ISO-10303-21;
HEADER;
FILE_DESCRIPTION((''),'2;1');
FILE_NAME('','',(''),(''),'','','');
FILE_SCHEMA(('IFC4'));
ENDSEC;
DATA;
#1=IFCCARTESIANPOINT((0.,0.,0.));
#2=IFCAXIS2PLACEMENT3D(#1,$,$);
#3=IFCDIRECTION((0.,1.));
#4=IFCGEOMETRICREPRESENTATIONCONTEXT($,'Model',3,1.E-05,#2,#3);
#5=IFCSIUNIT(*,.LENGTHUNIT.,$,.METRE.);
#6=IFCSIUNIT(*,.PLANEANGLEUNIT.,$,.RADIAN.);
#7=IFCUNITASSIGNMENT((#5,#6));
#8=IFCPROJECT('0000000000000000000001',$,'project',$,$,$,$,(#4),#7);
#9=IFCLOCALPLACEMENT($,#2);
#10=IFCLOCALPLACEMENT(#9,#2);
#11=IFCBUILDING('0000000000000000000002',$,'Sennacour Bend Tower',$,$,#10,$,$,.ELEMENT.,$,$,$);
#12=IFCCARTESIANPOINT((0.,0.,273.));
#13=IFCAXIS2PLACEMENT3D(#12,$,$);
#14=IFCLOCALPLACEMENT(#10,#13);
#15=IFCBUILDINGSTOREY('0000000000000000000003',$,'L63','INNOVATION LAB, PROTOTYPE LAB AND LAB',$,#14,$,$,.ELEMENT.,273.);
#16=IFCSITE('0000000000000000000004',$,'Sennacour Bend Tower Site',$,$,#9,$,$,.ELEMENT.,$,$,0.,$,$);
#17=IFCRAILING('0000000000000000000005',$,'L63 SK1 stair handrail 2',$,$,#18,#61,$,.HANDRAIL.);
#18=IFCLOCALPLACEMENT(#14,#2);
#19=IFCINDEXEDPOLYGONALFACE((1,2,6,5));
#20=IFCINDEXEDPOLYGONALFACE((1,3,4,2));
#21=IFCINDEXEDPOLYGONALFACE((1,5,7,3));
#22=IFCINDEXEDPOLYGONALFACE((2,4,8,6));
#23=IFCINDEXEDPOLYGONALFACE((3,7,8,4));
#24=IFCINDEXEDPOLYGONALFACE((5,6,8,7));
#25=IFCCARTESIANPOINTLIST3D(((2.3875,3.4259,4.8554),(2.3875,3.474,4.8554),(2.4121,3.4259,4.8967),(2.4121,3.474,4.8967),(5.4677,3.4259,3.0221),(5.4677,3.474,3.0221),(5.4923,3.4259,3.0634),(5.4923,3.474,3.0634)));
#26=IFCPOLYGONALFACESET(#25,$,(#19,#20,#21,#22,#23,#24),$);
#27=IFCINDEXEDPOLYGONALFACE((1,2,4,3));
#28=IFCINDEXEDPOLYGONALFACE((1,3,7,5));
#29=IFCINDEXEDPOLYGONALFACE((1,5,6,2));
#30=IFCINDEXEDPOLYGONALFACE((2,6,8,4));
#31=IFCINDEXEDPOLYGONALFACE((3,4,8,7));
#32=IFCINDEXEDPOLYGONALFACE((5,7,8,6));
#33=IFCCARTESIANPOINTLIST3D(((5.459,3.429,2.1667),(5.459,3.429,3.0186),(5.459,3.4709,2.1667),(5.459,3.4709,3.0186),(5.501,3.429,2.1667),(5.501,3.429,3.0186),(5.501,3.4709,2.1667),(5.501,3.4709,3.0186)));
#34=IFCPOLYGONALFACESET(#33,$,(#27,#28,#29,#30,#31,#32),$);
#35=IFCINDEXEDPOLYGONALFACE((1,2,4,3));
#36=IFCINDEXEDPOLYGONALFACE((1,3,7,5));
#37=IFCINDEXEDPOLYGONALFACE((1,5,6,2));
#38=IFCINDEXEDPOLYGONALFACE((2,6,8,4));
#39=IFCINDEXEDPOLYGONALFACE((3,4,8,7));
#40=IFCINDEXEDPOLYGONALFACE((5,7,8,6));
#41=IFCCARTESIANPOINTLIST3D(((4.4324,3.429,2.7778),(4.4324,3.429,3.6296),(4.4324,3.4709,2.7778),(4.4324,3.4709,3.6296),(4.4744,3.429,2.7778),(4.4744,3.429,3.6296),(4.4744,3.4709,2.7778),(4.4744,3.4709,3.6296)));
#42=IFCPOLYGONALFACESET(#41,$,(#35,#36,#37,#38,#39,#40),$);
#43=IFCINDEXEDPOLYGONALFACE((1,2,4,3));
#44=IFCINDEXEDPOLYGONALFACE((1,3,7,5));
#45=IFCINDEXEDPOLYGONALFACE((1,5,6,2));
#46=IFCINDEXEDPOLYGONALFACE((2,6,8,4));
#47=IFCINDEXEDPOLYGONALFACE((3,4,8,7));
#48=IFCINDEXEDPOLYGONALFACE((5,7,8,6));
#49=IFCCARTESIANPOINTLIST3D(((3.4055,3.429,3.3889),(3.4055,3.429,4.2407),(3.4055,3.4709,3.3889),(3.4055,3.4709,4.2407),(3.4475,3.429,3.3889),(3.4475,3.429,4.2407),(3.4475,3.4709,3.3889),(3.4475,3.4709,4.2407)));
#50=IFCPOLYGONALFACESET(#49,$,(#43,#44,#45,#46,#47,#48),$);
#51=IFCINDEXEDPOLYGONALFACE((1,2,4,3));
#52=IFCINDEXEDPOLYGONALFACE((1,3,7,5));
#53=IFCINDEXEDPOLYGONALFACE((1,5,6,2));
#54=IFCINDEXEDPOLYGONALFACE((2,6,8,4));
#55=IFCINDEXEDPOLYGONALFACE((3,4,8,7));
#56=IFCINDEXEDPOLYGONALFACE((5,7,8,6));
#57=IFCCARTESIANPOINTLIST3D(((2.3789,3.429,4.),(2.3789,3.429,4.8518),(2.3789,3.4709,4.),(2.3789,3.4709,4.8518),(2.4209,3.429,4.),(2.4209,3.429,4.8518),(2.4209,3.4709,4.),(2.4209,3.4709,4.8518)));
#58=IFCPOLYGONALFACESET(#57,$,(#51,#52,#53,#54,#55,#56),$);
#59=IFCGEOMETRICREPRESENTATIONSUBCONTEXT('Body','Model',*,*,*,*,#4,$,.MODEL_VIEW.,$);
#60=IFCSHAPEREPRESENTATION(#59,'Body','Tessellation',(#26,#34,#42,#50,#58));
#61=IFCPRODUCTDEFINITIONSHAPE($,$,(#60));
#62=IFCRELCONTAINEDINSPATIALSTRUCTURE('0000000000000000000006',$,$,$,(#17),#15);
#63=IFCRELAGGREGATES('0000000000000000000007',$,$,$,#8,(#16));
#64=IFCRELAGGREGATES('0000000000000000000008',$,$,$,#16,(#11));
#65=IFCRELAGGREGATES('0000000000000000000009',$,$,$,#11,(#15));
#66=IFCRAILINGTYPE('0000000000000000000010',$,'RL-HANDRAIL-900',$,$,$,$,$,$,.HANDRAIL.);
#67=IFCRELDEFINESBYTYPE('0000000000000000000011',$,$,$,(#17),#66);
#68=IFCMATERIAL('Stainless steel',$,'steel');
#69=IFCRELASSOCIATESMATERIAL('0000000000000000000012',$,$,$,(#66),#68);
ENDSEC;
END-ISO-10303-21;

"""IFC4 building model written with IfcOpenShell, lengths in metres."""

from ifc_helpers import new_model, si_unit, direction, frame, origin, origin_2d, place, context, subcontext, project, spatial, rectangle, extrude, material, type_object, element, save


model = new_model("IFC4")

# Units and contexts
model_context = context("Model", 3, precision=1e-05, world=origin(), true_north=direction((0.0, 1.0)))
body_context = subcontext(model_context, "Body", "Model", "MODEL_VIEW")
ifc_project = project(units=[si_unit("LENGTHUNIT", "METRE"), si_unit("PLANEANGLEUNIT", "RADIAN")], contexts=[model_context])

# Site, building, storey
site_placement = place(None, origin())
site = spatial("IfcSite", under=ifc_project, at=site_placement, Name="Sennacour Bend Tower Site", CompositionType="ELEMENT", RefElevation=0.0)
building_placement = place(site_placement, origin())
building = spatial("IfcBuilding", under=site, at=building_placement, Name="Sennacour Bend Tower", CompositionType="ELEMENT")
storey_placement = place(building_placement, frame((0.0, 0.0, 273.0)))
storey = spatial("IfcBuildingStorey", under=building, at=storey_placement, Name="L63", Description="INNOVATION LAB, PROTOTYPE LAB AND LAB", CompositionType="ELEMENT", Elevation=273.0)

# Railing
ifc_material_1 = material(Name="Stainless steel", Category="steel")
railing_type = type_object("IfcRailingType", Name="RL-HANDRAIL-900", PredefinedType="HANDRAIL", material=ifc_material_1)
railing_placement = place(storey_placement, frame((5.48, 3.45, 2.1667)))
element("IfcRailing", 1, at=railing_placement, inside=storey, type_object=railing_type, Name="L63 SK1 stair handrail 2", PredefinedType="HANDRAIL", context=body_context, shape_type="SweptSolid", body=[
    extrude(rectangle(XDim=0.0481, YDim=0.0481, at=origin_2d()), frame((0.0, 0.0, 0.876), z_axis=(-0.859309, 0.0, 0.511458), x_axis=(0.0, -1.0, 0.0)), (0.0, 0.0, 1.0), 3.5845),
    extrude(rectangle(XDim=0.042, YDim=0.042, at=origin_2d()), origin(), (0.0, 0.0, 1.0), 0.8518),
    extrude(rectangle(XDim=0.042, YDim=0.042, at=origin_2d()), frame((-1.0266, 0.0, 0.6111)), (0.0, 0.0, 1.0), 0.8518),
    extrude(rectangle(XDim=0.042, YDim=0.042, at=origin_2d()), frame((-2.0535, 0.0, 1.2222)), (0.0, 0.0, 1.0), 0.8518),
    extrude(rectangle(XDim=0.042, YDim=0.042, at=origin_2d()), frame((-3.0801, 0.0, 1.8333)), (0.0, 0.0, 1.0), 0.8518),
])

save(model, "model.ifc")
